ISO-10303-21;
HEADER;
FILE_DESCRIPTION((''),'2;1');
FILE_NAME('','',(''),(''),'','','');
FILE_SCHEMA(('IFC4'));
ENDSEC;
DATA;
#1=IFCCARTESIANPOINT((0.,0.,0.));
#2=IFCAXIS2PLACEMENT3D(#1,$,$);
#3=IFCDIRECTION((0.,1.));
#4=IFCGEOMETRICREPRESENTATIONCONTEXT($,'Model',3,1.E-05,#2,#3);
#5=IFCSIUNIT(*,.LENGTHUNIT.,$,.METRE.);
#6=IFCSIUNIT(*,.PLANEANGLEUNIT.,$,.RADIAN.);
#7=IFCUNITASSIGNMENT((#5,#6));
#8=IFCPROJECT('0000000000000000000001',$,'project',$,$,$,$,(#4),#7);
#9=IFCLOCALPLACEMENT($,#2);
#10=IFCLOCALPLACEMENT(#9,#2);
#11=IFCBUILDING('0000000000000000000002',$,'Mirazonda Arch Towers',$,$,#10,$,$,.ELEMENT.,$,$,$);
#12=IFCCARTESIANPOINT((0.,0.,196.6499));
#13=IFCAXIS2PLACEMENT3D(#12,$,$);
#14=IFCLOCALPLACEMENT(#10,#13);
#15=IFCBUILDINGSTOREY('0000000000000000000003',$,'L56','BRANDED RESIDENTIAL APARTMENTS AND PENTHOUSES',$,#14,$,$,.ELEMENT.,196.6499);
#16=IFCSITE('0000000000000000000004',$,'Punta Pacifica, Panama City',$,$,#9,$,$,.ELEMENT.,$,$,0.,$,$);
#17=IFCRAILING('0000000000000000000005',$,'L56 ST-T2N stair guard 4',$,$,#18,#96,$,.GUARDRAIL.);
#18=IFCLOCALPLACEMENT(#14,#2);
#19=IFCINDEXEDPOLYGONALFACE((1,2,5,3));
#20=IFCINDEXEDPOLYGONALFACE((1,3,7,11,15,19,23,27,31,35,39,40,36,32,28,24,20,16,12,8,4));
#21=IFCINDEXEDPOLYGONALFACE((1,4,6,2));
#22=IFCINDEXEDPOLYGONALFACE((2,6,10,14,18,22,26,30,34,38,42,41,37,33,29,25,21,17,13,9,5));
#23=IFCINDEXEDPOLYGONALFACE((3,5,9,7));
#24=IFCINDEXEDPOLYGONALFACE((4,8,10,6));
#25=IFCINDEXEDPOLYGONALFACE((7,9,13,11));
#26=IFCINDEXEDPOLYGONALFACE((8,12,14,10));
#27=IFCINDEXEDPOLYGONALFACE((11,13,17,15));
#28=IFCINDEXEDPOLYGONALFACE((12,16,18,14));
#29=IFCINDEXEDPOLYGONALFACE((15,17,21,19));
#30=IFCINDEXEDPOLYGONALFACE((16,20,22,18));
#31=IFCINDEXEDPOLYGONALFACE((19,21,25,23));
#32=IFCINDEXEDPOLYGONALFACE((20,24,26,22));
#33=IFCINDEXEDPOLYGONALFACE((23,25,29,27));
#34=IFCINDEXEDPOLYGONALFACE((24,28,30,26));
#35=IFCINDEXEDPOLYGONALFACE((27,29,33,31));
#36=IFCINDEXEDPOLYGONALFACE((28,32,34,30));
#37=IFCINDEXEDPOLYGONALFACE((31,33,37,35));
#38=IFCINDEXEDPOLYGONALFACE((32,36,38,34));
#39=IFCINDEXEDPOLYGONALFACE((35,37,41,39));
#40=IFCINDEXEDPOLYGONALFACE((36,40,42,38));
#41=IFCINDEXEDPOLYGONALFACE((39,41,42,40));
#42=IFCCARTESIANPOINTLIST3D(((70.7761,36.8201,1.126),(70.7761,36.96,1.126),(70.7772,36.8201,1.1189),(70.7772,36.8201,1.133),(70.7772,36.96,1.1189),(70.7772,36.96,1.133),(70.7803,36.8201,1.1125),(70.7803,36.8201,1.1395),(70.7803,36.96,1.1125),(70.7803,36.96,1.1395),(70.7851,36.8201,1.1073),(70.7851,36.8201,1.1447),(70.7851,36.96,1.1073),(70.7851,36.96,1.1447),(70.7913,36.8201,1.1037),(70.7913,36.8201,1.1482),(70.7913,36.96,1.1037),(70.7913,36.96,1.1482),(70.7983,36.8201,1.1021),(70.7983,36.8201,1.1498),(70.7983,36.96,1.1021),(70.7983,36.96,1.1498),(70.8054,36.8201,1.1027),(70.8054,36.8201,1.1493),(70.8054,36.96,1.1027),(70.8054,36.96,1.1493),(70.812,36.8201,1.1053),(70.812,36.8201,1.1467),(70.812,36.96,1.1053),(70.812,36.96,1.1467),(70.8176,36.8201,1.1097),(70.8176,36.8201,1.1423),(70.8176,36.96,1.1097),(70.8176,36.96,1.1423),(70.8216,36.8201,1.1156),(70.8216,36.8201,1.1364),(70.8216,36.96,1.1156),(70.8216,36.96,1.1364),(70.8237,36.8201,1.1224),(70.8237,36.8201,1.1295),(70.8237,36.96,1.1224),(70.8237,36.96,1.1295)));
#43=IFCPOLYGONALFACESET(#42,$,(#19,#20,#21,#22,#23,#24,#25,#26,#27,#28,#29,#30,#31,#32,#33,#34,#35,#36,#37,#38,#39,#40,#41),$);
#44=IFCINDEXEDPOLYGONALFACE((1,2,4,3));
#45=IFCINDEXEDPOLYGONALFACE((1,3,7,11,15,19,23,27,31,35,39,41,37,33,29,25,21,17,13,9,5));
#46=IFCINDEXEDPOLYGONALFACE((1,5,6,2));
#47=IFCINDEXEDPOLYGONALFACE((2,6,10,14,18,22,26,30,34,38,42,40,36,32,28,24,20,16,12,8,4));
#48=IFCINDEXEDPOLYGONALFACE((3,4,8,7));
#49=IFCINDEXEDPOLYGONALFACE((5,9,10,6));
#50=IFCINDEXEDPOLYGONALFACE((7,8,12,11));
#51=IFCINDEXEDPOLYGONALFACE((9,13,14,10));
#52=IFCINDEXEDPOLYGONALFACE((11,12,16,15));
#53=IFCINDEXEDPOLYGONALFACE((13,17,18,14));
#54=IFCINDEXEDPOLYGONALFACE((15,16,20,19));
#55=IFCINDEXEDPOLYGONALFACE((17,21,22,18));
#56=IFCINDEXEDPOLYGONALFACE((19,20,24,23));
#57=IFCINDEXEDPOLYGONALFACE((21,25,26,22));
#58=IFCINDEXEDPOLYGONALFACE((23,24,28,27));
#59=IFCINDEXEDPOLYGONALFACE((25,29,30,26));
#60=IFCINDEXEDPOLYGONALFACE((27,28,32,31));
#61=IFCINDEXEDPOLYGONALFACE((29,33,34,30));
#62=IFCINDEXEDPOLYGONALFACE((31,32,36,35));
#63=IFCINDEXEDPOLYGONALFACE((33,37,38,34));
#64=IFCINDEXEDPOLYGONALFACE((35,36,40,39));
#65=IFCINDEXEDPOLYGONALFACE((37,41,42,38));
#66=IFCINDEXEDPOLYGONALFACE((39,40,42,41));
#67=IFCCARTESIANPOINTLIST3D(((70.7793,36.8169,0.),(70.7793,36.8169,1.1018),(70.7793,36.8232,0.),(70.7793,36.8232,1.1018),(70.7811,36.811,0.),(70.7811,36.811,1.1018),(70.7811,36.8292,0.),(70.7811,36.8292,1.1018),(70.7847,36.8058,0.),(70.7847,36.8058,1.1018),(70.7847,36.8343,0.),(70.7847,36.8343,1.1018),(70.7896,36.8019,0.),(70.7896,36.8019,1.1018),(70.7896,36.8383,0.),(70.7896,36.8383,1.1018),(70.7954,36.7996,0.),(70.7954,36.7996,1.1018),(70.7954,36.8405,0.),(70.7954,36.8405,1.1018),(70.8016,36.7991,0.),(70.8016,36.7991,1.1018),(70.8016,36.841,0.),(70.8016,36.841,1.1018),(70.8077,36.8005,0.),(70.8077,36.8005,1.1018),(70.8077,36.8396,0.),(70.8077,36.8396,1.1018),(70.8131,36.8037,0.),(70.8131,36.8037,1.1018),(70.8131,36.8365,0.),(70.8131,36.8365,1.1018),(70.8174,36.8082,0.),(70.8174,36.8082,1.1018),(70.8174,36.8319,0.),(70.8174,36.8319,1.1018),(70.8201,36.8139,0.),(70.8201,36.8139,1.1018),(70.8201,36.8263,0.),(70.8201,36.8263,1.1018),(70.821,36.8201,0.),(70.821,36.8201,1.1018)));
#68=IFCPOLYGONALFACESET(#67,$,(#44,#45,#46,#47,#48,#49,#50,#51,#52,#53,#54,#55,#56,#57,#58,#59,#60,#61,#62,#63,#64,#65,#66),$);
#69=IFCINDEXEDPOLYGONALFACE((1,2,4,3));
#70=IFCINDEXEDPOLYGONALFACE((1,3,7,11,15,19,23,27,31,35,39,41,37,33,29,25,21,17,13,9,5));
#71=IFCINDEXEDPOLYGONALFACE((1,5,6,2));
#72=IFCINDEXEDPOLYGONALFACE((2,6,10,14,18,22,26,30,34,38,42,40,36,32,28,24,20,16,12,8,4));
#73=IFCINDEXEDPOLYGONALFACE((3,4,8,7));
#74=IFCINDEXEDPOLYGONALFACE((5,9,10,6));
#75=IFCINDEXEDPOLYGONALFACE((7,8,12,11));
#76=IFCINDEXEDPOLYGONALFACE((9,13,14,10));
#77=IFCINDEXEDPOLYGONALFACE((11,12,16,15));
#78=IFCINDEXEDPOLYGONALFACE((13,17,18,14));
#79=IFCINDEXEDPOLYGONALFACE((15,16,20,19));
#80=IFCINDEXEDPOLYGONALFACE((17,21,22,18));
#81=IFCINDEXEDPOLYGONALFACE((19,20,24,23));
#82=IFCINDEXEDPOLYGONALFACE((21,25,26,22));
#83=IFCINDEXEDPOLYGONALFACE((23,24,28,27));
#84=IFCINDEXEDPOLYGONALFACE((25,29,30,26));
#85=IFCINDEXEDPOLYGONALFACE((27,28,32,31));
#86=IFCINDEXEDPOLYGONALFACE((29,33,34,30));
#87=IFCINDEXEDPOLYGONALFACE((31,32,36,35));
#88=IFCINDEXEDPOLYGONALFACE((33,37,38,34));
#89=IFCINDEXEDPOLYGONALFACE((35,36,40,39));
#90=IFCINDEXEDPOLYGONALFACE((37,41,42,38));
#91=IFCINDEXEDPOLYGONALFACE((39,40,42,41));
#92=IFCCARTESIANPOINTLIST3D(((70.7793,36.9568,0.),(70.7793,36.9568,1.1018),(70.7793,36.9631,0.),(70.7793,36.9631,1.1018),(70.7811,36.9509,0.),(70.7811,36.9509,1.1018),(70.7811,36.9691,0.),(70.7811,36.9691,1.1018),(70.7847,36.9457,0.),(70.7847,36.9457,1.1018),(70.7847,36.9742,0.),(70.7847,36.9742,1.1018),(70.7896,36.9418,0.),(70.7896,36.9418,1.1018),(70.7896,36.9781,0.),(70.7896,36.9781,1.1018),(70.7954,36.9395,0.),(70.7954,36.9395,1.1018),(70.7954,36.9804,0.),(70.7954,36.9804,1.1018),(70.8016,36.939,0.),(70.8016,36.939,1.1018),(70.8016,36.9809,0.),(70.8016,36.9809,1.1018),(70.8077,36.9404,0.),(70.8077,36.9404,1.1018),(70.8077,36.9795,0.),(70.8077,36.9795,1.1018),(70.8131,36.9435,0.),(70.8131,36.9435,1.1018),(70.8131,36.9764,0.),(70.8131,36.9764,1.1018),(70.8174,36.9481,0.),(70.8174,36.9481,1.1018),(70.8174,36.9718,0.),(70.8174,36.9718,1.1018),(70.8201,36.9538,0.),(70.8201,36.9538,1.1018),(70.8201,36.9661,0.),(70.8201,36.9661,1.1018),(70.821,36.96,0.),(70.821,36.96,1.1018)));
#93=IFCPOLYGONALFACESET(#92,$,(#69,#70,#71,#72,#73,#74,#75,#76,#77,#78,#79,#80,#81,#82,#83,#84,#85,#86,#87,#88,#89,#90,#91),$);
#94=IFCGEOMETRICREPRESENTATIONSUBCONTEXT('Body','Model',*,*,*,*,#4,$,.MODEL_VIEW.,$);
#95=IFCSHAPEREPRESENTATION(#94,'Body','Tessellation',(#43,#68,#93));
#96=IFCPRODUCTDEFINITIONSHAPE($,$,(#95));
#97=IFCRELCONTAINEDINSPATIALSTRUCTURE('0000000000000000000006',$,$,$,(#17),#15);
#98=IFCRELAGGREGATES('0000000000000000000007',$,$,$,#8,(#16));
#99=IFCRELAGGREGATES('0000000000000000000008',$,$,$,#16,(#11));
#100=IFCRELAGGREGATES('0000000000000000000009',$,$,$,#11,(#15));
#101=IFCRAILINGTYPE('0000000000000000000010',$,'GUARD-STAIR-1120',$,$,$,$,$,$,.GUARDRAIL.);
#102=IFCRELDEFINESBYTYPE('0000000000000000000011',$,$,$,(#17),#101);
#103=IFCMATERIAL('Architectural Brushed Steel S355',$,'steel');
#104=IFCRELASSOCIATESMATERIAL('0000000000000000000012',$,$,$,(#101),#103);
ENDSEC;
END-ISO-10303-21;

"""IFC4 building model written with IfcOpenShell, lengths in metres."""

from ifc_helpers import new_model, si_unit, direction, frame, origin, origin_2d, place, context, subcontext, project, spatial, circle, extrude, material, type_object, element, save


model = new_model("IFC4")

# Units and contexts
model_context = context("Model", 3, precision=1e-05, world=origin(), true_north=direction((0.0, 1.0)))
body_context = subcontext(model_context, "Body", "Model", "MODEL_VIEW")
ifc_project = project(units=[si_unit("LENGTHUNIT", "METRE"), si_unit("PLANEANGLEUNIT", "RADIAN")], contexts=[model_context])

# Site, building, storey
site_placement = place(None, origin())
site = spatial("IfcSite", under=ifc_project, at=site_placement, Name="Punta Pacifica, Panama City", CompositionType="ELEMENT", RefElevation=0.0)
building_placement = place(site_placement, origin())
building = spatial("IfcBuilding", under=site, at=building_placement, Name="Mirazonda Arch Towers", CompositionType="ELEMENT")
storey_placement = place(building_placement, frame((0.0, 0.0, 196.6499)))
storey = spatial("IfcBuildingStorey", under=building, at=storey_placement, Name="L56", Description="BRANDED RESIDENTIAL APARTMENTS AND PENTHOUSES", CompositionType="ELEMENT", Elevation=196.6499)

# Railing
ifc_material_1 = material(Name="Architectural Brushed Steel S355", Category="steel")
railing_type = type_object("IfcRailingType", Name="GUARD-STAIR-1120", PredefinedType="GUARDRAIL", material=ifc_material_1)
railing_1_placement = place(storey_placement, frame((70.8, 36.8201, 0.0)))
element("IfcRailing", 1, at=railing_1_placement, inside=storey, type_object=railing_type, Name="L56 ST-T2N stair guard 4", PredefinedType="GUARDRAIL", context=body_context, shape_type="SweptSolid", body=[
    extrude(circle(Radius=0.0239, at=origin_2d()), frame((0.0, 0.0, 1.126), z_axis=(0.0, 1.0, 0.0), x_axis=(-1.0, 0.0, 0.0)), (0.0, 0.0, 1.0), 0.1399),
    extrude(circle(Radius=0.021, at=origin_2d()), origin(), (0.0, 0.0, 1.0), 1.1018),
    extrude(circle(Radius=0.021, at=origin_2d()), frame((0.0, 0.1399, 0.0)), (0.0, 0.0, 1.0), 1.1018),
])

save(model, "model.ifc")
